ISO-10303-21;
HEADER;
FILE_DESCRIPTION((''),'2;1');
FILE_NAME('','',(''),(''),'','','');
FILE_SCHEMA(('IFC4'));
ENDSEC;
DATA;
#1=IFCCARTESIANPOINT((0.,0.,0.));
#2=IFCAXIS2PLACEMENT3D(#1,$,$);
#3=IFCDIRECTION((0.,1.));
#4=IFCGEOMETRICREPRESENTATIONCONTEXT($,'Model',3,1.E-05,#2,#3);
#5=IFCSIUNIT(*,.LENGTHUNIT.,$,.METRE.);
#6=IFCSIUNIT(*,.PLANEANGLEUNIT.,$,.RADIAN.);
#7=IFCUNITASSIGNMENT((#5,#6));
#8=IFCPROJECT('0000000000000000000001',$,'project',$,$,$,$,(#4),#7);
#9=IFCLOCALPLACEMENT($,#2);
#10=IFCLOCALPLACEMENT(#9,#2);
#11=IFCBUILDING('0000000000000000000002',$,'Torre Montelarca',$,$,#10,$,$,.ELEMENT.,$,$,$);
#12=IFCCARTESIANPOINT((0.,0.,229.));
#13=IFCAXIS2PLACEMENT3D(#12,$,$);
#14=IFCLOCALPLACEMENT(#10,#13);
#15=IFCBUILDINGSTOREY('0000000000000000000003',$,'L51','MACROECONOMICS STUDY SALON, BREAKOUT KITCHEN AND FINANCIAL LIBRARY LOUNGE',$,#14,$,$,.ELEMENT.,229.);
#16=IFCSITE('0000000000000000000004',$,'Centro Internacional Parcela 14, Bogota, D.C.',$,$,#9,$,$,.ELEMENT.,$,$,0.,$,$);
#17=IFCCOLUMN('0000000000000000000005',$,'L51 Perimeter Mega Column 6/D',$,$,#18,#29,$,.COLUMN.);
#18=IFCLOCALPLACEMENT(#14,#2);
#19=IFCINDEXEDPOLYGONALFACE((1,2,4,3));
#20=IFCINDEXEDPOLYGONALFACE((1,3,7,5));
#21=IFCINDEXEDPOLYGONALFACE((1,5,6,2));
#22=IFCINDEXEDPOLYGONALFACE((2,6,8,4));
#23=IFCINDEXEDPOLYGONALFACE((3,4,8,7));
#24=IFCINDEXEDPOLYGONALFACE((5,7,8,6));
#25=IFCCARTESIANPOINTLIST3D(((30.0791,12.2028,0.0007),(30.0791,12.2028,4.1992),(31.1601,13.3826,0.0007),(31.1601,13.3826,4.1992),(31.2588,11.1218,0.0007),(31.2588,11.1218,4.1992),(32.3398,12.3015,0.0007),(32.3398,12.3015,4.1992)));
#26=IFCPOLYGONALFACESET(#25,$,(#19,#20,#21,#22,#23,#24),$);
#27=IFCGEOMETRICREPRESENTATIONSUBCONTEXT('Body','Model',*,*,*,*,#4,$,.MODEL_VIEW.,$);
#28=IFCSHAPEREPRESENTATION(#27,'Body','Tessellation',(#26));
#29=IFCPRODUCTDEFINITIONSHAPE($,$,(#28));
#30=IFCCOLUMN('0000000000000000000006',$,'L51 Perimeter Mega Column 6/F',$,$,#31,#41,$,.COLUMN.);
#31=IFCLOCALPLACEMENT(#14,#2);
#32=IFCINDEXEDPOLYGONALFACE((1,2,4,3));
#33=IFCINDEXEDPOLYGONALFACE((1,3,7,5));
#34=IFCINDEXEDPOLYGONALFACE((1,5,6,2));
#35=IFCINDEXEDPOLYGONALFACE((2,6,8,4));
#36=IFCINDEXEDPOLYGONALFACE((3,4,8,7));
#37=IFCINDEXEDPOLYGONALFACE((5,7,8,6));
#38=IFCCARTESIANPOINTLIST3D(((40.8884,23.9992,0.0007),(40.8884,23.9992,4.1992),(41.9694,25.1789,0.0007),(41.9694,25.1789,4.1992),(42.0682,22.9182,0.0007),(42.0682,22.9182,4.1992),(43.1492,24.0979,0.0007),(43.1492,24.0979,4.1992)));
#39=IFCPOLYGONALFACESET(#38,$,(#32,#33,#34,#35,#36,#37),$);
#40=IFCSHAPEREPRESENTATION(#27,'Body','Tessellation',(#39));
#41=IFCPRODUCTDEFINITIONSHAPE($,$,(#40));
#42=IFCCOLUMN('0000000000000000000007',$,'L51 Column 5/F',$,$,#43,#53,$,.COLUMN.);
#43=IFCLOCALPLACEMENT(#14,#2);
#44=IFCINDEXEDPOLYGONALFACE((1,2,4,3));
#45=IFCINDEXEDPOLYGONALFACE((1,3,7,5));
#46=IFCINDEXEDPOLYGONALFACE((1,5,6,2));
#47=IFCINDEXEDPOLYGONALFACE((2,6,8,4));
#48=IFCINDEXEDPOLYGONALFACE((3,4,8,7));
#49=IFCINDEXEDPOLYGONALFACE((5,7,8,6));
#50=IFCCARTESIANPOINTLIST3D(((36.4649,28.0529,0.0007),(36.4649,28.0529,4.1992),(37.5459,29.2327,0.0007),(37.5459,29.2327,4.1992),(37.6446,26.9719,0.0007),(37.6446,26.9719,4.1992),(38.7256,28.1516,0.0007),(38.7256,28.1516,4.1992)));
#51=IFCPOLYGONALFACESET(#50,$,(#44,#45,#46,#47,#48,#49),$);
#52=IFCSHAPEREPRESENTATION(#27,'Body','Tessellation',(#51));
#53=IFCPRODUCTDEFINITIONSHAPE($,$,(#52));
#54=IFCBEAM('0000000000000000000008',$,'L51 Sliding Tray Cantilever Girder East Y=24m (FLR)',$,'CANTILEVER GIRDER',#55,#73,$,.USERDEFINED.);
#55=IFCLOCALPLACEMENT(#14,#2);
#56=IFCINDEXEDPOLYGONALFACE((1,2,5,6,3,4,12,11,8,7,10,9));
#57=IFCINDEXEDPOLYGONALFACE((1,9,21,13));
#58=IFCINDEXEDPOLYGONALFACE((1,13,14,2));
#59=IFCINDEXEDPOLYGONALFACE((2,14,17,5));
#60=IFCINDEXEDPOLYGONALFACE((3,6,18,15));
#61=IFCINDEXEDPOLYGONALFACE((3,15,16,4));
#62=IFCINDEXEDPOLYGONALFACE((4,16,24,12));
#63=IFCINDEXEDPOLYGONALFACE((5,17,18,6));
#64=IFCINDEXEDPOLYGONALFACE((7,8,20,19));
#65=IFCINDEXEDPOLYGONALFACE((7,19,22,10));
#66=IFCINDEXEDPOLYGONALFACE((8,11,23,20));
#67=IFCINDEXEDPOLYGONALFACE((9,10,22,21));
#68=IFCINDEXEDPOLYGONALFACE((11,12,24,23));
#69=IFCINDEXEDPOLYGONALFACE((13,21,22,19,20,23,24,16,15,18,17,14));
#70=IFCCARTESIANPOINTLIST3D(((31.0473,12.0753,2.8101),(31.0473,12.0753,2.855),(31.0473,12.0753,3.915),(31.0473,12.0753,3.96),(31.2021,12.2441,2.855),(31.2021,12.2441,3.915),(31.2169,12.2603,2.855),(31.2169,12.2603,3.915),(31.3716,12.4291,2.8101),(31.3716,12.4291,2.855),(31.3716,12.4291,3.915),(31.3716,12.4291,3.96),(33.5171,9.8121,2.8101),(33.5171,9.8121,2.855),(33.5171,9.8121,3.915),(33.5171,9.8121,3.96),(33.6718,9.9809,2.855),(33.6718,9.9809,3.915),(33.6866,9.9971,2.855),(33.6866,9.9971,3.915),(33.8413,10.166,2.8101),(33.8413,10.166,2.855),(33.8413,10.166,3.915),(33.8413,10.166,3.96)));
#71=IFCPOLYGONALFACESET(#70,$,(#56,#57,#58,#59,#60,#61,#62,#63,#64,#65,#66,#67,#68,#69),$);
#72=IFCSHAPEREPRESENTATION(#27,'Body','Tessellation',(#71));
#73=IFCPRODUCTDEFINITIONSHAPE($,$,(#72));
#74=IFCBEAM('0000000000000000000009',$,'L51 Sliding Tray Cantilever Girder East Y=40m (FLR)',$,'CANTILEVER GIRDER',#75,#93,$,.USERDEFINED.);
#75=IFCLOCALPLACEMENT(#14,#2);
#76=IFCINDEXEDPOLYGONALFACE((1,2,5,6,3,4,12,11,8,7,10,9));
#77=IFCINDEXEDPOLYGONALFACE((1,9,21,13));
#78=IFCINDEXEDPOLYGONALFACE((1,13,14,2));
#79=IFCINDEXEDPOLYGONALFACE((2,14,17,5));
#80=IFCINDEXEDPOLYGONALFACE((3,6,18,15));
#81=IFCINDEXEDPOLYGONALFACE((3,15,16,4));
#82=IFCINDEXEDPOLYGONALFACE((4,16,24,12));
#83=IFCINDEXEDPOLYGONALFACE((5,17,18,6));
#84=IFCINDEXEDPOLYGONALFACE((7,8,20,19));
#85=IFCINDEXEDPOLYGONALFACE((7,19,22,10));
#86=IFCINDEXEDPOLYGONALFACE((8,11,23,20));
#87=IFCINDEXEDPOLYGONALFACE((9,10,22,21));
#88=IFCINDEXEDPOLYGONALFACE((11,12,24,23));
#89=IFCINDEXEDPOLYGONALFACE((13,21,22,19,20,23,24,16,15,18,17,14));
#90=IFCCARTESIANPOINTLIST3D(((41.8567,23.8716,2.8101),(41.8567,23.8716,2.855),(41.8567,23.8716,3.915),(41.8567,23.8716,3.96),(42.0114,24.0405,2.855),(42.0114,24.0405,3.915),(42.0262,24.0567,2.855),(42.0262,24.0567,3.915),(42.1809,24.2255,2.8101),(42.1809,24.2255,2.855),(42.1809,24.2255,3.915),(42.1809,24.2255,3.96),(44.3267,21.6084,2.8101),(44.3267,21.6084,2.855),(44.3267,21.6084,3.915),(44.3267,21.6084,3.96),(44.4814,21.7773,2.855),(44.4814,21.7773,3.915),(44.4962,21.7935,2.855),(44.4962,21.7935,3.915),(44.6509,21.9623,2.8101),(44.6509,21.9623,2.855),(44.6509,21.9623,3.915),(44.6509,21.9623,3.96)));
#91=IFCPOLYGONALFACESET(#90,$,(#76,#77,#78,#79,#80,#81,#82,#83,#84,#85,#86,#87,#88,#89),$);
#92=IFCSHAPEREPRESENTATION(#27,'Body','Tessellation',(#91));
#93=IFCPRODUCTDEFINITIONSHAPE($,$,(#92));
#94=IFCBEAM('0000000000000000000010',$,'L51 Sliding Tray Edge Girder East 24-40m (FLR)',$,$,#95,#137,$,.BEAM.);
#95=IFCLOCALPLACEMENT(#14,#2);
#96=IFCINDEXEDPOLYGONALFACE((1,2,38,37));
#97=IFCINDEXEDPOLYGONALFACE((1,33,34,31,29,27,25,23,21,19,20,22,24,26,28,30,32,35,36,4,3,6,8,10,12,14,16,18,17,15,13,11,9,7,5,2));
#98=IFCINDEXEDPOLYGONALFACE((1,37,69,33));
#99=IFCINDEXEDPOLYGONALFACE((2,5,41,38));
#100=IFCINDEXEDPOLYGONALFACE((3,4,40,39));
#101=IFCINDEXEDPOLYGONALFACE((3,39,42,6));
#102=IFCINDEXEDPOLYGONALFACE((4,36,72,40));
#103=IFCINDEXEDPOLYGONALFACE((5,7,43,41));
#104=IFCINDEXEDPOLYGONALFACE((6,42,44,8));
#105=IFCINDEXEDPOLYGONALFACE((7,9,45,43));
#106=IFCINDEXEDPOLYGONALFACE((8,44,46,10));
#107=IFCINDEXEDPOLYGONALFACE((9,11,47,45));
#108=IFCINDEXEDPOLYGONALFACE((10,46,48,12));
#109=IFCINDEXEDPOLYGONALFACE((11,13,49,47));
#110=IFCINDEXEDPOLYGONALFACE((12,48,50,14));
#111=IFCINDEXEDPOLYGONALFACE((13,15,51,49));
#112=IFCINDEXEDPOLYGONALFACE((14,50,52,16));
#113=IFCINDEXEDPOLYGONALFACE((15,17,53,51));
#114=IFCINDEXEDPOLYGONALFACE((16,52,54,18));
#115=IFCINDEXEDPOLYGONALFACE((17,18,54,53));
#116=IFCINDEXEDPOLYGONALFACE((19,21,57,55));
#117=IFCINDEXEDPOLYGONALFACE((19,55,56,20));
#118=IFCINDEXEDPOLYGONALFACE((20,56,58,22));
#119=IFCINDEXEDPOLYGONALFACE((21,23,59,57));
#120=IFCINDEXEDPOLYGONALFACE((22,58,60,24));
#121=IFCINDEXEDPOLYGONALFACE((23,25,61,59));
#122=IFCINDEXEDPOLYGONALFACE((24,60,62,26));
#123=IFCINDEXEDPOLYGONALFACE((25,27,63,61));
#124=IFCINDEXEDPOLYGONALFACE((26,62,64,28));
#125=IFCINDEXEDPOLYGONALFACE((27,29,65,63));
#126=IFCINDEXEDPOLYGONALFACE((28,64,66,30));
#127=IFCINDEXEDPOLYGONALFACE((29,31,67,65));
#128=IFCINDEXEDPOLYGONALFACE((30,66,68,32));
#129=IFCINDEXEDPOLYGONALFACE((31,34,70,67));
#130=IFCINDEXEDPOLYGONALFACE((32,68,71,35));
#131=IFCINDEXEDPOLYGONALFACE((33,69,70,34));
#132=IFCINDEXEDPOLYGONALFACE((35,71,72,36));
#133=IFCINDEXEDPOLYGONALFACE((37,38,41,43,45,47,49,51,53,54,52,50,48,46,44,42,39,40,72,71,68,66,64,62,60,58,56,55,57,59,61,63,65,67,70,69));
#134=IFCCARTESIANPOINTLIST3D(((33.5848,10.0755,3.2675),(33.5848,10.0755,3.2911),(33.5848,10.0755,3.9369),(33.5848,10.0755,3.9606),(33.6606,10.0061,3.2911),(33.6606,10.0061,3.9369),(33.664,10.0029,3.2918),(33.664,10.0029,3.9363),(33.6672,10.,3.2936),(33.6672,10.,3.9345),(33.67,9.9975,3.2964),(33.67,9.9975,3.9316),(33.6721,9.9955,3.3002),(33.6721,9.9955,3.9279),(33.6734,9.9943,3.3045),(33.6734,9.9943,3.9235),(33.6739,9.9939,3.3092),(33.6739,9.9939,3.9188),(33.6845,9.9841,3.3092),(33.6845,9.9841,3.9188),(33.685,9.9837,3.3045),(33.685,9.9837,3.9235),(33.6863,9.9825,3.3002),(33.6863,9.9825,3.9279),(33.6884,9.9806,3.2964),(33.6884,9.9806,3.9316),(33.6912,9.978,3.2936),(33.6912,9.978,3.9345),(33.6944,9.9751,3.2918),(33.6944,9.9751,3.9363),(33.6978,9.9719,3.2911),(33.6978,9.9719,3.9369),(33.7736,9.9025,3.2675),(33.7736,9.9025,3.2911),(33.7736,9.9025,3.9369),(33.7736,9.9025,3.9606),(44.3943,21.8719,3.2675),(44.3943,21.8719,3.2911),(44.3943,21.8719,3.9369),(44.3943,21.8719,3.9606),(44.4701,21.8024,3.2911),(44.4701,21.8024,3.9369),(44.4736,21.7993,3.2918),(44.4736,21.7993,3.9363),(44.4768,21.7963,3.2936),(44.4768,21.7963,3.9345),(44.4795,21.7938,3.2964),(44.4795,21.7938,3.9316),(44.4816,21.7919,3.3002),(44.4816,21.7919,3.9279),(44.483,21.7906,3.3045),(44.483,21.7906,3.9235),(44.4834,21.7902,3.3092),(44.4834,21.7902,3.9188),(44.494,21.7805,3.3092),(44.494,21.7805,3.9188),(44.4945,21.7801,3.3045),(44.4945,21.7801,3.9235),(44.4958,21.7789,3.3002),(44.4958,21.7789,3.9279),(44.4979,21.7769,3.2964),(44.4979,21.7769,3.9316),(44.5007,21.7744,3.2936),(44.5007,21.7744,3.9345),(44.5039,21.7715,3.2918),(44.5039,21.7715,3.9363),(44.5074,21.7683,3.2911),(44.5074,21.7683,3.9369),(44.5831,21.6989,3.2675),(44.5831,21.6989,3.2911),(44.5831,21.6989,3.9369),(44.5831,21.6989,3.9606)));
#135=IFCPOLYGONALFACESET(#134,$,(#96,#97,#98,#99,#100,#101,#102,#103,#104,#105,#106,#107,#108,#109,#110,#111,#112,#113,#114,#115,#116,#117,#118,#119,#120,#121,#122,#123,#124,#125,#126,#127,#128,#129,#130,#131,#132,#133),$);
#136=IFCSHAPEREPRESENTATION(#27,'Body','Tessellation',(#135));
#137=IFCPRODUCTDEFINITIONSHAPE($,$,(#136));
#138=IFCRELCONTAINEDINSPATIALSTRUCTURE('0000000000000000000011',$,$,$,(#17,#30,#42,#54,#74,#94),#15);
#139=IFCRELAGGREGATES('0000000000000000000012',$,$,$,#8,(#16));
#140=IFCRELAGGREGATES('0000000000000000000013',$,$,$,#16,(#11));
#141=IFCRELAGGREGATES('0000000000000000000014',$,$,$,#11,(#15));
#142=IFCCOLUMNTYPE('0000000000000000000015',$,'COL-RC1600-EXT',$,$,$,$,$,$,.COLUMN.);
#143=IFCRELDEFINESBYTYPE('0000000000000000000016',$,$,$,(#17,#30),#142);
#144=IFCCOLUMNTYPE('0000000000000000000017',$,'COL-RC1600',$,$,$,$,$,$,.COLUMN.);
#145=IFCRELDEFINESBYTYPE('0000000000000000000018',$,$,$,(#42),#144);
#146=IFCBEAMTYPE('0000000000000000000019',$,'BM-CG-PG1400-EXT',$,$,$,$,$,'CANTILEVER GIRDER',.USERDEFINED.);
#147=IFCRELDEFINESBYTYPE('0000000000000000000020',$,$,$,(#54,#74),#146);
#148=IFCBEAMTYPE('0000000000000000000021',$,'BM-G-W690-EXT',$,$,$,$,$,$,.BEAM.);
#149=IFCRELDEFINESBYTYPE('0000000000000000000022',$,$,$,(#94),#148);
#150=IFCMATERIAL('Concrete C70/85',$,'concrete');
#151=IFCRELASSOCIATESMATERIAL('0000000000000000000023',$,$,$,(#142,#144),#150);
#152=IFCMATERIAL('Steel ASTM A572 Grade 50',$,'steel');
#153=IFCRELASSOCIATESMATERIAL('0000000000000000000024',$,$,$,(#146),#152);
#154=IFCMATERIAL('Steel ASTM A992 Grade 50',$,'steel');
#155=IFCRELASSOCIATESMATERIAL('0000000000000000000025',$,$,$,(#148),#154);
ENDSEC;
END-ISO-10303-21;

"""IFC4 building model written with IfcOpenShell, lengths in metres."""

from ifc_helpers import new_model, si_unit, direction, frame, origin, origin_2d, place, context, subcontext, project, spatial, rectangle, i_section, extrude, source, transform, mapped, material, material_profile, profile_set, type_object, element, save


model = new_model("IFC4")

# Units and contexts
model_context = context("Model", 3, precision=1e-05, world=origin(), true_north=direction((0.0, 1.0)))
body_context = subcontext(model_context, "Body", "Model", "MODEL_VIEW")
ifc_project = project(units=[si_unit("LENGTHUNIT", "METRE"), si_unit("PLANEANGLEUNIT", "RADIAN")], contexts=[model_context])

# Site, building, storey
site_placement = place(None, origin())
site = spatial("IfcSite", under=ifc_project, at=site_placement, Name="Centro Internacional Parcela 14, Bogota, D.C.", CompositionType="ELEMENT", RefElevation=0.0)
building_placement = place(site_placement, origin())
building = spatial("IfcBuilding", under=site, at=building_placement, Name="Torre Montelarca", CompositionType="ELEMENT")
storey_placement = place(building_placement, frame((0.0, 0.0, 229.0)))
storey = spatial("IfcBuildingStorey", under=building, at=storey_placement, Name="L51", Description="MACROECONOMICS STUDY SALON, BREAKOUT KITCHEN AND FINANCIAL LIBRARY LOUNGE", CompositionType="ELEMENT", Elevation=229.0)

# Columns
ifc_material_1 = material(Name="Concrete C70/85", Category="concrete")
ifc_material_profile_1 = material_profile(ifc_material_1, rectangle(XDim=1.6001, YDim=1.6001, at=origin_2d()), Name="RC1600X1600", Category="concrete")
ifc_profile_set_1 = profile_set([ifc_material_profile_1], Name="Concrete C70/85")
column_type_1 = type_object("IfcColumnType", Name="COL-RC1600-EXT", PredefinedType="COLUMN", material=ifc_profile_set_1)
shared_shape_1 = source(origin(), body_context, "Body", "SweptSolid", [
    extrude(rectangle(XDim=1.6001, YDim=1.6001, at=origin_2d()), origin(), (0.0, 0.0, 1.0), 4.1985),
])
for number, where, z_axis, x_axis, name in (
    (1, (31.2095, 12.2522, 0.0007), (0.0, 0.0, 1.0), (-0.737277, 0.67559, 0.0), "L51 Perimeter Mega Column 6/D"),
    (2, (42.0188, 24.0486, 0.0007), (0.0, 0.0, 1.0), (-0.737277, 0.67559, 0.0), "L51 Perimeter Mega Column 6/F"),
):
    element("IfcColumn", number, at=place(storey_placement, frame(where, z_axis=z_axis, x_axis=x_axis)), inside=storey, type_object=column_type_1, Name=name, PredefinedType="COLUMN", context=body_context, shape_type="MappedRepresentation", body=[
        mapped(shared_shape_1, transform((0.0, 0.0, 0.0), scale=1.0)),
    ])
ifc_material_profile_2 = material_profile(ifc_material_1, rectangle(XDim=1.6001, YDim=1.6001, at=origin_2d()), Name="RC1600X1600", Category="concrete")
ifc_profile_set_2 = profile_set([ifc_material_profile_2], Name="Concrete C70/85")
column_type_2 = type_object("IfcColumnType", Name="COL-RC1600", PredefinedType="COLUMN", material=ifc_profile_set_2)
shared_shape_2 = source(origin(), body_context, "Body", "SweptSolid", [
    extrude(rectangle(XDim=1.6001, YDim=1.6001, at=origin_2d()), origin(), (0.0, 0.0, 1.0), 4.1985),
])
column_placement = place(storey_placement, frame((37.5952, 28.1023, 0.0007), z_axis=(0.0, 0.0, 1.0), x_axis=(-0.737277, 0.67559, 0.0)))
element("IfcColumn", 3, at=column_placement, inside=storey, type_object=column_type_2, Name="L51 Column 5/F", PredefinedType="COLUMN", context=body_context, shape_type="MappedRepresentation", body=[
    mapped(shared_shape_2, transform((0.0, 0.0, 0.0), scale=1.0)),
])

# Beams
ifc_material_2 = material(Name="Steel ASTM A572 Grade 50", Category="steel")
ifc_material_profile_3 = material_profile(ifc_material_2, i_section(OverallWidth=0.48, OverallDepth=1.1499, WebThickness=0.022, FlangeThickness=0.0449, at=origin_2d()), Name="PG1150X480X22X45", Category="steel")
ifc_profile_set_3 = profile_set([ifc_material_profile_3], Name="Steel ASTM A572 Grade 50")
beam_type_1 = type_object("IfcBeamType", Name="BM-CG-PG1400-EXT", ElementType="CANTILEVER GIRDER", PredefinedType="USERDEFINED", material=ifc_profile_set_3)
shared_shape_3 = source(origin(), body_context, "Body", "SweptSolid", [
    extrude(i_section(OverallWidth=0.48, OverallDepth=1.1499, WebThickness=0.022, FlangeThickness=0.0449, at=origin_2d()), origin(), (0.0, 0.0, 1.0), 3.3499),
])
beam_1_placement = place(storey_placement, frame((31.2095, 12.2522, 3.385), z_axis=(0.737263, -0.675606, 0.0), x_axis=(0.675606, 0.737263, 0.0)))
element("IfcBeam", 4, at=beam_1_placement, inside=storey, type_object=beam_type_1, Name="L51 Sliding Tray Cantilever Girder East Y=24m (FLR)", ObjectType="CANTILEVER GIRDER", PredefinedType="USERDEFINED", context=body_context, shape_type="MappedRepresentation", body=[
    mapped(shared_shape_3, transform((0.0, 0.0, 0.0), scale=1.0)),
])
shared_shape_4 = source(origin(), body_context, "Body", "SweptSolid", [
    extrude(i_section(OverallWidth=0.48, OverallDepth=1.1499, WebThickness=0.022, FlangeThickness=0.0449, at=origin_2d()), origin(), (0.0, 0.0, 1.0), 3.3501),
])
beam_2_placement = place(storey_placement, frame((42.0188, 24.0486, 3.385), z_axis=(0.737296, -0.67557, 0.0), x_axis=(0.67557, 0.737296, 0.0)))
element("IfcBeam", 5, at=beam_2_placement, inside=storey, type_object=beam_type_1, Name="L51 Sliding Tray Cantilever Girder East Y=40m (FLR)", ObjectType="CANTILEVER GIRDER", PredefinedType="USERDEFINED", context=body_context, shape_type="MappedRepresentation", body=[
    mapped(shared_shape_4, transform((0.0, 0.0, 0.0), scale=1.0)),
])
ifc_material_3 = material(Name="Steel ASTM A992 Grade 50", Category="steel")
ifc_material_profile_4 = material_profile(ifc_material_3, i_section(OverallWidth=0.2561, OverallDepth=0.6931, WebThickness=0.0144, FlangeThickness=0.0237, FilletRadius=0.0181, at=origin_2d()), Name="W690X170", Category="steel")
ifc_profile_set_4 = profile_set([ifc_material_profile_4], Name="Steel ASTM A992 Grade 50")
beam_type_2 = type_object("IfcBeamType", Name="BM-G-W690-EXT", PredefinedType="BEAM", material=ifc_profile_set_4)
shared_shape_5 = source(origin(), body_context, "Body", "SweptSolid", [
    extrude(i_section(OverallWidth=0.2561, OverallDepth=0.6931, WebThickness=0.0144, FlangeThickness=0.0237, FilletRadius=0.0181, at=origin_2d()), origin(), (0.0, 0.0, 1.0), 16.0),
])
beam_3_placement = place(storey_placement, frame((33.6792, 9.989, 3.614), z_axis=(0.675596, 0.737272, 0.0), x_axis=(-0.737272, 0.675596, 0.0)))
element("IfcBeam", 6, at=beam_3_placement, inside=storey, type_object=beam_type_2, Name="L51 Sliding Tray Edge Girder East 24-40m (FLR)", PredefinedType="BEAM", context=body_context, shape_type="MappedRepresentation", body=[
    mapped(shared_shape_5, transform((0.0, 0.0, 0.0), scale=1.0)),
])

save(model, "model.ifc")
